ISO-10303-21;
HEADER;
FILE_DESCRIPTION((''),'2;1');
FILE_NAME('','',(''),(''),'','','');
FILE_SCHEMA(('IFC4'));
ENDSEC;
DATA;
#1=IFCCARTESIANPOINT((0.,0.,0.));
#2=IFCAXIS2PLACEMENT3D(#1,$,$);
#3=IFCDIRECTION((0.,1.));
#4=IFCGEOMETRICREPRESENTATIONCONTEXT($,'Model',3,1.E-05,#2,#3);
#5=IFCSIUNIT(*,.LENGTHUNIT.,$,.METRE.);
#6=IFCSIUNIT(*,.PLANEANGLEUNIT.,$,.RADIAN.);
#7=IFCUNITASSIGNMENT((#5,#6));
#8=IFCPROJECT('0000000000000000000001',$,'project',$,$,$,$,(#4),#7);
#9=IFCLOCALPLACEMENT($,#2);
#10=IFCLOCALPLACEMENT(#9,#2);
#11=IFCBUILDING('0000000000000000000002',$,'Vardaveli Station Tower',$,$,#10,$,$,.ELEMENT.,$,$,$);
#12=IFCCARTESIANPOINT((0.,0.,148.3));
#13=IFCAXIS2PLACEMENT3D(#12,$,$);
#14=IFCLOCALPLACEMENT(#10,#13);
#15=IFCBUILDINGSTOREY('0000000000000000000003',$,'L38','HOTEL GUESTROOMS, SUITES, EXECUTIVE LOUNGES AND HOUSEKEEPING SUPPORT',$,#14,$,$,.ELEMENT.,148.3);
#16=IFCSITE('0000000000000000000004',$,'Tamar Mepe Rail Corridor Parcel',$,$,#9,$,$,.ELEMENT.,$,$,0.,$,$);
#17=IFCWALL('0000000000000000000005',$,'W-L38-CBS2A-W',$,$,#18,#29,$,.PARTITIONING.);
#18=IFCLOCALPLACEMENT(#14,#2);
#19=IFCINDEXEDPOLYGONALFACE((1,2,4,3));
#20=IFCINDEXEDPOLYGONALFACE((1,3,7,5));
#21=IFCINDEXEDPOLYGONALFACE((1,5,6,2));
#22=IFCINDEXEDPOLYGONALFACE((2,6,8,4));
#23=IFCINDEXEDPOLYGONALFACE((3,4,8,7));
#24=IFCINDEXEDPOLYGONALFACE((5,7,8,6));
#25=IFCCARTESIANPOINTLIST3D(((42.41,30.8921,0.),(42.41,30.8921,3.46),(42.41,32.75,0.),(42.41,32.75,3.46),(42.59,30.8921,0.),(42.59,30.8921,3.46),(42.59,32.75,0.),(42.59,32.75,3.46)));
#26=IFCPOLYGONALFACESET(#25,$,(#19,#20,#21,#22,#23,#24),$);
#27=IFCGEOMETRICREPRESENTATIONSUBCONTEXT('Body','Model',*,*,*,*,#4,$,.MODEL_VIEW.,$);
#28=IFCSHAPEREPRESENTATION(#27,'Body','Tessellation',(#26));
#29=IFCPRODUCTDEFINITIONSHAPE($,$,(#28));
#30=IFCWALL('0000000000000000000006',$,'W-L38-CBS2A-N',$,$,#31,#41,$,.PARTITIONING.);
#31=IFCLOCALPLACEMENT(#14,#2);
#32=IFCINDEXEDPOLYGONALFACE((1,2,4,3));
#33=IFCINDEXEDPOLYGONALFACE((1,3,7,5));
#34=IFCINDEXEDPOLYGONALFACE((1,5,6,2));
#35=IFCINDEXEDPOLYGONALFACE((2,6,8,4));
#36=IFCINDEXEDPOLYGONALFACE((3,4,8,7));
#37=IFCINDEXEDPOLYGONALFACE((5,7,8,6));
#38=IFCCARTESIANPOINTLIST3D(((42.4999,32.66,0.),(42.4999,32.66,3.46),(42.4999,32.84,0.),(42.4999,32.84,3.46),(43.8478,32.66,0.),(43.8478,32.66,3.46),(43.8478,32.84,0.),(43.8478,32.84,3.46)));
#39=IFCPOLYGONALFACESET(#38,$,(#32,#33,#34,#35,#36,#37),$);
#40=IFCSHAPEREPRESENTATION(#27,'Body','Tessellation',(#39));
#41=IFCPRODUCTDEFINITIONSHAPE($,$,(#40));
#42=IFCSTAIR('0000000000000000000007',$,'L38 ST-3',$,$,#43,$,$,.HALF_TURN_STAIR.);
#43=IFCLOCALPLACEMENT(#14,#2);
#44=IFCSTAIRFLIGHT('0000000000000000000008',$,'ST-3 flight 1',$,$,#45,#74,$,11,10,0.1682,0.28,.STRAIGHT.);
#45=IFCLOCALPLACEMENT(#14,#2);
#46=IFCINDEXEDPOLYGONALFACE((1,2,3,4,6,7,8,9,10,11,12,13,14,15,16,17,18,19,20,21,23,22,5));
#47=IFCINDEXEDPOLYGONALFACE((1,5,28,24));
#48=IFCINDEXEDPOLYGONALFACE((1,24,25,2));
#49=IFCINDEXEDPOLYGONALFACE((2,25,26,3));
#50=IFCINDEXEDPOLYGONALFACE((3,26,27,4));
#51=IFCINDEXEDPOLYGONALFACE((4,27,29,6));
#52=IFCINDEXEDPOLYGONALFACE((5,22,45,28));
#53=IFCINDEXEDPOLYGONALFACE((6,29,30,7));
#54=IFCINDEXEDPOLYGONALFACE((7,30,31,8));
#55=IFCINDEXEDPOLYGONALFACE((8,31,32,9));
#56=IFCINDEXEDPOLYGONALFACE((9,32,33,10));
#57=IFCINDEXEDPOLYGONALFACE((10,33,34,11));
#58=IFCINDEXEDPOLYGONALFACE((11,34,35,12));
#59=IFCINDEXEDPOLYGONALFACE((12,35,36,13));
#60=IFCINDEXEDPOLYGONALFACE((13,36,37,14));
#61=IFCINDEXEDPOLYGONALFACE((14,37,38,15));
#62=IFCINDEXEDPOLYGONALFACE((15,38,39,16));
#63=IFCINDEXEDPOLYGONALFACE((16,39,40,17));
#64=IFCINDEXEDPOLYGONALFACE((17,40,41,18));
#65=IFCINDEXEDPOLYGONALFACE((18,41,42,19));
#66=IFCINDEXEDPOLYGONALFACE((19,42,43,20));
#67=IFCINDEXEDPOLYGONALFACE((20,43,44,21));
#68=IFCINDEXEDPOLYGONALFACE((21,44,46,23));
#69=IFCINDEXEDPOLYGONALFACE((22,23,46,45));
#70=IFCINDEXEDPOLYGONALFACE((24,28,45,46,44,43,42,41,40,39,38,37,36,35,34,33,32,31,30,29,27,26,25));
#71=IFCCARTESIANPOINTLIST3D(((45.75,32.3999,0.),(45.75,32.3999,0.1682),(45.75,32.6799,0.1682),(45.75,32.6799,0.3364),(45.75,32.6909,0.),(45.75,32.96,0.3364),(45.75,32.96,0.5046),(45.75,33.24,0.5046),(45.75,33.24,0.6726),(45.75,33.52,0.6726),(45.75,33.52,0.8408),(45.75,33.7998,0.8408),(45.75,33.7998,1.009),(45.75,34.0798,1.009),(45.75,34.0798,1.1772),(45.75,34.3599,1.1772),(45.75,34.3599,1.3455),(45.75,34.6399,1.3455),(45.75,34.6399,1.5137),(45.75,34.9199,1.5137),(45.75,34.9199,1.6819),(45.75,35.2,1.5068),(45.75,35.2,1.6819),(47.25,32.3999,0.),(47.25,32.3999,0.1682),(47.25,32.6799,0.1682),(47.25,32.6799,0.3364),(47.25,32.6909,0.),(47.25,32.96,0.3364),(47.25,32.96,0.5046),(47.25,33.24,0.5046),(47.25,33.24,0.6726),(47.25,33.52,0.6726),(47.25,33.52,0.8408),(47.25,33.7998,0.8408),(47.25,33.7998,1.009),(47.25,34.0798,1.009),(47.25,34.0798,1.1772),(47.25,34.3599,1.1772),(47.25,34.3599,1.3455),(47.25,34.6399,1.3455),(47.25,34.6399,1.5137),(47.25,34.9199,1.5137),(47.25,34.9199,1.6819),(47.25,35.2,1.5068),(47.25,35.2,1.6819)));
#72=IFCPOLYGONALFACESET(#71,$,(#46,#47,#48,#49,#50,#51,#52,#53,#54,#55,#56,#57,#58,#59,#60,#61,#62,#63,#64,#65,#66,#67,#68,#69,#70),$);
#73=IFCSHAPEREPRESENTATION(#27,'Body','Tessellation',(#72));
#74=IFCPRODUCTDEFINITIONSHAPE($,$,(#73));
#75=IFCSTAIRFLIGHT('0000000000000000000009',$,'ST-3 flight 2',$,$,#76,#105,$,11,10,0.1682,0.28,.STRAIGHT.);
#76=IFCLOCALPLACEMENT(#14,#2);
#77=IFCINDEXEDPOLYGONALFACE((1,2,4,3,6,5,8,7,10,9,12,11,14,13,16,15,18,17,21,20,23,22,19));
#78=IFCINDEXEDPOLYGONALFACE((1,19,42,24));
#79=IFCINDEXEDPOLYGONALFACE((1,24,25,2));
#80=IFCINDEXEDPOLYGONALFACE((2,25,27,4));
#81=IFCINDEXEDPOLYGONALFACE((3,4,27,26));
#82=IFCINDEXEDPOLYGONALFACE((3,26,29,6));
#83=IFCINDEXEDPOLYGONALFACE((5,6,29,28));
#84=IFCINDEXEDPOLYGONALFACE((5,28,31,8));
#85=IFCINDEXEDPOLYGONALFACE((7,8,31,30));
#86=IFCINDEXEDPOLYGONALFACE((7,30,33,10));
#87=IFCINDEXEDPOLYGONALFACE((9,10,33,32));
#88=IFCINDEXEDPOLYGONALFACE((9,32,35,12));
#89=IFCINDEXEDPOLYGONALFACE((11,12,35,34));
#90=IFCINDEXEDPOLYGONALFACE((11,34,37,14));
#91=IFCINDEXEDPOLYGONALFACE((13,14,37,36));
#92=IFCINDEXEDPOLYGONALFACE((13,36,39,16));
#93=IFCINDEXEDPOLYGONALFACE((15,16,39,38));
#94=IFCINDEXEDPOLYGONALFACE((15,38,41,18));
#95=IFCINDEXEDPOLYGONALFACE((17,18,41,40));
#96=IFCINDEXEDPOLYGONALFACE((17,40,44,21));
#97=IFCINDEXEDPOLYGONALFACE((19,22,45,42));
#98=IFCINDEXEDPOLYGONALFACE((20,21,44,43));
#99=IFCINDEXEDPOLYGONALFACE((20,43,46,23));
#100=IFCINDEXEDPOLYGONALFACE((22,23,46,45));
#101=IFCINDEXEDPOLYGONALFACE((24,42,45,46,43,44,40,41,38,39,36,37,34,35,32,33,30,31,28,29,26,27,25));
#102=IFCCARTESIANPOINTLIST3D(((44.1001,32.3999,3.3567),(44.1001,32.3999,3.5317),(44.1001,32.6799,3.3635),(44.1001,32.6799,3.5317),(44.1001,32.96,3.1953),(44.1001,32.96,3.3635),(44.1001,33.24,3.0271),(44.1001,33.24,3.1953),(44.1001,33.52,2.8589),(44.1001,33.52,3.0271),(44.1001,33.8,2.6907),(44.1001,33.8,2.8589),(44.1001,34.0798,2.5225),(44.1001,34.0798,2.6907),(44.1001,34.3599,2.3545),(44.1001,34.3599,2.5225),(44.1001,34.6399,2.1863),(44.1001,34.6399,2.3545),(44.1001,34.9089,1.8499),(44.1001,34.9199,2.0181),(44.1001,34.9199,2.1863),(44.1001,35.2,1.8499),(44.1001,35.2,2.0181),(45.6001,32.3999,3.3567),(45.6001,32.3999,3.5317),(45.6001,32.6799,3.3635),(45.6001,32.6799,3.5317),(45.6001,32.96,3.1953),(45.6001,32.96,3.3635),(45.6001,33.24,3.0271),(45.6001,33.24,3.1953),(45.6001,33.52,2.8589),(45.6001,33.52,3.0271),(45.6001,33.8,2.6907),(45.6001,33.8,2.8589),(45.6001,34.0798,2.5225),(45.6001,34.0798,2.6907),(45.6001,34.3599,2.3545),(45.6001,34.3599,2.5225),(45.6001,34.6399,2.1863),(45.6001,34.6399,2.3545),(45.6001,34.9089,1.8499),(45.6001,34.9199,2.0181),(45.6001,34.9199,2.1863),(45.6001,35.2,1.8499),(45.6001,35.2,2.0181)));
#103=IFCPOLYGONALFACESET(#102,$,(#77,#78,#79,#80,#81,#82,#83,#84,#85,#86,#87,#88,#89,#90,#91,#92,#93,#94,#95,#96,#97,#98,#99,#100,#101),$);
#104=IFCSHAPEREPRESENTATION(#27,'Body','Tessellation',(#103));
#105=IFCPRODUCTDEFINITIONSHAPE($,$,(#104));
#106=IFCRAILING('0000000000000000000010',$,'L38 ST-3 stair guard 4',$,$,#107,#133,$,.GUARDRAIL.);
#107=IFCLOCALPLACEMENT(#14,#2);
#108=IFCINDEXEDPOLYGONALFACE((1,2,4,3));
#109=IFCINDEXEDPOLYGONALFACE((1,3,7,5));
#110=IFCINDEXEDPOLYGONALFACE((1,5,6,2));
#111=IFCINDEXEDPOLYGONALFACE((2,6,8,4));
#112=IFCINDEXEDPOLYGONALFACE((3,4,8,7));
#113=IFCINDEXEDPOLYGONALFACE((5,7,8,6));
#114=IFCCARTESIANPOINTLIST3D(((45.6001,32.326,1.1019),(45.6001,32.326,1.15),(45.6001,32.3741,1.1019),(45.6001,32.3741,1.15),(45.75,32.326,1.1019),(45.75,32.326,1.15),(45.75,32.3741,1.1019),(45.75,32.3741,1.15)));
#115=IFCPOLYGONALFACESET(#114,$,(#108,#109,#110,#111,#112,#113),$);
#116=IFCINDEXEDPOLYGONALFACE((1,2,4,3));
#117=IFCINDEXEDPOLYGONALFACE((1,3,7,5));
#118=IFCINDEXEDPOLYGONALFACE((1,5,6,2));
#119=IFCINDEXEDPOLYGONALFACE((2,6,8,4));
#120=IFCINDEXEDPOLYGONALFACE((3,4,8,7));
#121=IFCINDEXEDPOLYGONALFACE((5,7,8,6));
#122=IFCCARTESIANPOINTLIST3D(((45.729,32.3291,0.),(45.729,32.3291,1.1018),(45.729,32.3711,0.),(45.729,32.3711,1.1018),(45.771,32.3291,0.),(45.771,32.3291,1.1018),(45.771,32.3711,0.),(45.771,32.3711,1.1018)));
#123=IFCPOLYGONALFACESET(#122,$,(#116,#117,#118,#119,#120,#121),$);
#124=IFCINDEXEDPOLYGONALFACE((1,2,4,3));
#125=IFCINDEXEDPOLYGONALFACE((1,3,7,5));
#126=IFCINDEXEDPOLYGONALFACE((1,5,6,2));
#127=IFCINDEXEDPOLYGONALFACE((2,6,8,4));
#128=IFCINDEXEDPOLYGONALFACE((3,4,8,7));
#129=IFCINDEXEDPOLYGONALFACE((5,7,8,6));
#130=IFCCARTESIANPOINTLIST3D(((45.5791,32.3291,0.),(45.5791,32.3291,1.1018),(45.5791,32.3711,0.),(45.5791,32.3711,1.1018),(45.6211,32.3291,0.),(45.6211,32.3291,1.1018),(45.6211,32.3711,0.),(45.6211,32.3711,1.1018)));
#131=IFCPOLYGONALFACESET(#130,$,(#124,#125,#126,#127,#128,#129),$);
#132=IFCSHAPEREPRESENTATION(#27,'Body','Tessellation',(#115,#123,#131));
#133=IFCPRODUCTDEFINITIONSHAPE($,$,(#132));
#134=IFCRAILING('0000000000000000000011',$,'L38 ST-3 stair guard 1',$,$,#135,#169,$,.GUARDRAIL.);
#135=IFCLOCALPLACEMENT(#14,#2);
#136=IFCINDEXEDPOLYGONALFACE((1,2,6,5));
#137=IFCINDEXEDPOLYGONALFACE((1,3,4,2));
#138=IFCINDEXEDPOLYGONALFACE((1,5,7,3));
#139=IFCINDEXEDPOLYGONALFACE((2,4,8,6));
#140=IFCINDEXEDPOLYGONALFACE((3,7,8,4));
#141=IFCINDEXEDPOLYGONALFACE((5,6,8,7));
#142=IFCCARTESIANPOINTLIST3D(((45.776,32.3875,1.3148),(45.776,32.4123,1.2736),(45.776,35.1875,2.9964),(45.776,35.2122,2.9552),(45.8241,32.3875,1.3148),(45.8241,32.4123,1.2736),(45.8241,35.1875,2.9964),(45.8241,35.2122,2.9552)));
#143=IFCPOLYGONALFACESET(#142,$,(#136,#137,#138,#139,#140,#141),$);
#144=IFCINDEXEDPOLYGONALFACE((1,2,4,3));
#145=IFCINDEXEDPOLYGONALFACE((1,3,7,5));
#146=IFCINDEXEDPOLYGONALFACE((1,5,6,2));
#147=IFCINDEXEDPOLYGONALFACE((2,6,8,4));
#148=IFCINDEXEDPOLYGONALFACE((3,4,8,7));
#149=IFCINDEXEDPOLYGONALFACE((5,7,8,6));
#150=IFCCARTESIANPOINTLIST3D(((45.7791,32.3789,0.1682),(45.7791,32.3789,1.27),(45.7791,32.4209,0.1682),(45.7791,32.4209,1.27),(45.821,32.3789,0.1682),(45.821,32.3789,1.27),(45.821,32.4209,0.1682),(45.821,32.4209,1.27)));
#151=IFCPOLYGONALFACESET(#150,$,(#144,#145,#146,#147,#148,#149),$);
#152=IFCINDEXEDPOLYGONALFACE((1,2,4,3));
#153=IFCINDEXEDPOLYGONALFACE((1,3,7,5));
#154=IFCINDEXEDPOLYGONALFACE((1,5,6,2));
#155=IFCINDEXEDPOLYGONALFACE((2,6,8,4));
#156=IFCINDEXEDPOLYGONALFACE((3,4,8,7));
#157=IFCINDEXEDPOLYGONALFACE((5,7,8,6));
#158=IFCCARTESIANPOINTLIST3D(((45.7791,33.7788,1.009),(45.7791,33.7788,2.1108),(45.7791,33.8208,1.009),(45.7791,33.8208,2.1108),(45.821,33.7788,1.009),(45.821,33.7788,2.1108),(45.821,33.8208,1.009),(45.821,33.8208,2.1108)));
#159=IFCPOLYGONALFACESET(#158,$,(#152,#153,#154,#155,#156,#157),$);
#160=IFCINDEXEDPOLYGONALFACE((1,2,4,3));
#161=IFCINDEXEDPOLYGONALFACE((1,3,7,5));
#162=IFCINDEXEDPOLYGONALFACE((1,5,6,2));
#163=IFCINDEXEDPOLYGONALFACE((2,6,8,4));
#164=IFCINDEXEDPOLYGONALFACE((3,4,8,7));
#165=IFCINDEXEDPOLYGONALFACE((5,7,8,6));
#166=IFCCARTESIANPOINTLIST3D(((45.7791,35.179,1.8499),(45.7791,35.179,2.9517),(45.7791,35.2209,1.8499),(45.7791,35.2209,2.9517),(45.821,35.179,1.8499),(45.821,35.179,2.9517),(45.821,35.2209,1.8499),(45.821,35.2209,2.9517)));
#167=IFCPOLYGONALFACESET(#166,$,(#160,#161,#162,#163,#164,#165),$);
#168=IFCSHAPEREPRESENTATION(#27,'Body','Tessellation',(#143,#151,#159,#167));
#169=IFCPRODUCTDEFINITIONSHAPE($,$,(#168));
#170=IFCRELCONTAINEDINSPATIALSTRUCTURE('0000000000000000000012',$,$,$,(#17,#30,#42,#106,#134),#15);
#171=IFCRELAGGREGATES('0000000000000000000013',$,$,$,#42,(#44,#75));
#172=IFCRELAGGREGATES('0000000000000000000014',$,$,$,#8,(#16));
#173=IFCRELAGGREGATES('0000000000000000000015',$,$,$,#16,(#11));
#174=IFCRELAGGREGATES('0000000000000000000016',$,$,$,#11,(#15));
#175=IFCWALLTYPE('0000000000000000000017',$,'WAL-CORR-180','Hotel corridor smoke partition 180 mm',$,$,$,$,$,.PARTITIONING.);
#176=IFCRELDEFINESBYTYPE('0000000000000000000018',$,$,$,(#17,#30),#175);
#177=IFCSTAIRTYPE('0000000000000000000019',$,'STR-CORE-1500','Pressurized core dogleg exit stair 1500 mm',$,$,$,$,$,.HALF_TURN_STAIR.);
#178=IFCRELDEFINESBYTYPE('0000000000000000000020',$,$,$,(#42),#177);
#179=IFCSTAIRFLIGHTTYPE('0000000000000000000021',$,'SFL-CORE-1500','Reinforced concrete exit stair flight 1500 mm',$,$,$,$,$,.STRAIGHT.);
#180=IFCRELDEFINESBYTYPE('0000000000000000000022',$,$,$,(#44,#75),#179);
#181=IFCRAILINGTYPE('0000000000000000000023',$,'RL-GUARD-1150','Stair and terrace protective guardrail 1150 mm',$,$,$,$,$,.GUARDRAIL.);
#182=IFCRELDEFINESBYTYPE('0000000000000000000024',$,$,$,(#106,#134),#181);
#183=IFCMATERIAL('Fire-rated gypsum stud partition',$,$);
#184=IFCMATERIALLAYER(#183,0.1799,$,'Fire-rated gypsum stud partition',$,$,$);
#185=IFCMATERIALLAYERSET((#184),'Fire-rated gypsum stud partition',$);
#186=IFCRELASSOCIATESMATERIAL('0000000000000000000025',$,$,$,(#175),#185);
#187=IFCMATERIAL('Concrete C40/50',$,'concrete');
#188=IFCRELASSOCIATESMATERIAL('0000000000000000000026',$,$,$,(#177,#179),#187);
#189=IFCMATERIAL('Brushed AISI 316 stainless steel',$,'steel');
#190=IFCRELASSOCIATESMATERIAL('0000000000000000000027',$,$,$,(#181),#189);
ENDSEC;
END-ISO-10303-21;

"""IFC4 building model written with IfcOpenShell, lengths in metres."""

from ifc_helpers import new_model, si_unit, direction, frame, frame_2d, origin, origin_2d, place, context, subcontext, project, spatial, polyline, rectangle, outline, extrude, source, transform, mapped, material, layer, layer_set, type_object, element, aggregate, save


model = new_model("IFC4")

# Units and contexts
model_context = context("Model", 3, precision=1e-05, world=origin(), true_north=direction((0.0, 1.0)))
body_context = subcontext(model_context, "Body", "Model", "MODEL_VIEW")
ifc_project = project(units=[si_unit("LENGTHUNIT", "METRE"), si_unit("PLANEANGLEUNIT", "RADIAN")], contexts=[model_context])

# Site, building, storey
site_placement = place(None, origin())
site = spatial("IfcSite", under=ifc_project, at=site_placement, Name="Tamar Mepe Rail Corridor Parcel", CompositionType="ELEMENT", RefElevation=0.0)
building_placement = place(site_placement, origin())
building = spatial("IfcBuilding", under=site, at=building_placement, Name="Vardaveli Station Tower", CompositionType="ELEMENT")
storey_placement = place(building_placement, frame((0.0, 0.0, 148.3)))
storey = spatial("IfcBuildingStorey", under=building, at=storey_placement, Name="L38", Description="HOTEL GUESTROOMS, SUITES, EXECUTIVE LOUNGES AND HOUSEKEEPING SUPPORT", CompositionType="ELEMENT", Elevation=148.3)

# Shared definitions
ifc_material_1 = material(Name="Concrete C40/50", Category="concrete")

# Shared definitions
ifc_material_2 = material(Name="Fire-rated gypsum stud partition")
ifc_layer_1 = layer(ifc_material_2, 0.1799, Name="Fire-rated gypsum stud partition")
ifc_layer_set_1 = layer_set([ifc_layer_1], Name="Fire-rated gypsum stud partition")
wall_type_1 = type_object("IfcWallType", Name="WAL-CORR-180", Description="Hotel corridor smoke partition 180 mm", PredefinedType="PARTITIONING", material=ifc_layer_set_1)

# Walls
shared_shape_1 = source(origin(), body_context, "Body", "SweptSolid", [
    extrude(rectangle(XDim=1.8579, YDim=0.1799, at=frame_2d((0.929, 0.0))), origin(), (0.0, 0.0, 1.0), 3.46),
])
wall_1_placement = place(storey_placement, frame((42.5, 30.8921, 0.0), z_axis=(0.0, 0.0, 1.0), x_axis=(0.0, 1.0, 0.0)))
element("IfcWall", 1, at=wall_1_placement, inside=storey, type_object=wall_type_1, Name="W-L38-CBS2A-W", PredefinedType="PARTITIONING", context=body_context, shape_type="MappedRepresentation", body=[
    mapped(shared_shape_1, transform((0.0, 0.0, 0.0), scale=1.0)),
])
shared_shape_2 = source(origin(), body_context, "Body", "SweptSolid", [
    extrude(rectangle(XDim=1.3479, YDim=0.1799, at=frame_2d((0.6738, 0.0))), origin(), (0.0, 0.0, 1.0), 3.46),
])
wall_2_placement = place(storey_placement, frame((42.5, 32.75, 0.0), z_axis=(0.0, 0.0, 1.0), x_axis=(1.0, 0.0, 0.0)))
element("IfcWall", 2, at=wall_2_placement, inside=storey, type_object=wall_type_1, Name="W-L38-CBS2A-N", PredefinedType="PARTITIONING", context=body_context, shape_type="MappedRepresentation", body=[
    mapped(shared_shape_2, transform((0.0, 0.0, 0.0), scale=1.0)),
])

# Stair, stair flights
stair_type = type_object("IfcStairType", Name="STR-CORE-1500", Description="Pressurized core dogleg exit stair 1500 mm", PredefinedType="HALF_TURN_STAIR", material=ifc_material_1)
stair_placement = place(storey_placement, origin())
stair = element("IfcStair", 3, at=stair_placement, inside=storey, type_object=stair_type, Name="L38 ST-3", PredefinedType="HALF_TURN_STAIR")
stair_flight_type = type_object("IfcStairFlightType", Name="SFL-CORE-1500", Description="Reinforced concrete exit stair flight 1500 mm", PredefinedType="STRAIGHT", material=ifc_material_1)
shared_shape_3 = source(origin(), body_context, "Body", "SweptSolid", [
    extrude(outline(polyline([(0.0, 0.0), (0.0, 0.1682), (0.28, 0.1682), (0.28, 0.3364), (0.5601, 0.3364), (0.5601, 0.5046), (0.8401, 0.5046), (0.8401, 0.6726), (1.1201, 0.6726), (1.1201, 0.8408), (1.3999, 0.8408), (1.3999, 1.009), (1.6799, 1.009), (1.6799, 1.1772), (1.96, 1.1772), (1.96, 1.3455), (2.24, 1.3455), (2.24, 1.5137), (2.52, 1.5137), (2.52, 1.6819), (2.8, 1.6819), (2.8, 1.8501), (2.8, 1.5068), (0.291, 0.0), (0.0, 0.0)])), frame((0.0, 0.75, 0.0), z_axis=(0.0, -1.0, 0.0), x_axis=(1.0, 0.0, 0.0)), (0.0, 0.0, 1.0), 1.5),
])
stair_flight_1_placement = place(storey_placement, frame((46.5, 32.3999, 0.0), z_axis=(0.0, 0.0, 1.0), x_axis=(0.0, 1.0, 0.0)))
stair_flight_1 = element("IfcStairFlight", 4, at=stair_flight_1_placement, type_object=stair_flight_type, Name="ST-3 flight 1", NumberOfRisers=11, NumberOfTreads=10, PredefinedType="STRAIGHT", RiserHeight=0.1682, TreadLength=0.28, context=body_context, shape_type="MappedRepresentation", body=[
    mapped(shared_shape_3, transform((0.0, 0.0, 0.0), scale=1.0)),
])
stair_flight_2_placement = place(storey_placement, frame((44.8501, 35.2, 1.8499), z_axis=(0.0, 0.0, 1.0), x_axis=(0.0, -1.0, 0.0)))
stair_flight_2 = element("IfcStairFlight", 5, at=stair_flight_2_placement, type_object=stair_flight_type, Name="ST-3 flight 2", NumberOfRisers=11, NumberOfTreads=10, PredefinedType="STRAIGHT", RiserHeight=0.1682, TreadLength=0.28, context=body_context, shape_type="MappedRepresentation", body=[
    mapped(shared_shape_3, transform((0.0, 0.0, 0.0), scale=1.0)),
])
aggregate(stair, [stair_flight_1, stair_flight_2])

# Railings
ifc_material_3 = material(Name="Brushed AISI 316 stainless steel", Category="steel")
railing_type_1 = type_object("IfcRailingType", Name="RL-GUARD-1150", Description="Stair and terrace protective guardrail 1150 mm", PredefinedType="GUARDRAIL", material=ifc_material_3)
shared_shape_4 = source(origin(), body_context, "Body", "SweptSolid", [
    extrude(rectangle(XDim=0.0481, YDim=0.0481, at=origin_2d()), frame((0.0, 0.0, 1.126), z_axis=(-1.0, 0.0, 0.0), x_axis=(0.0, -1.0, 0.0)), (0.0, 0.0, 1.0), 0.1499),
    extrude(rectangle(XDim=0.042, YDim=0.042, at=origin_2d()), origin(), (0.0, 0.0, 1.0), 1.1018),
    extrude(rectangle(XDim=0.042, YDim=0.042, at=origin_2d()), frame((-0.1499, 0.0, 0.0)), (0.0, 0.0, 1.0), 1.1018),
])
railing_1_placement = place(storey_placement, frame((45.75, 32.3501, 0.0)))
element("IfcRailing", 6, at=railing_1_placement, inside=storey, type_object=railing_type_1, Name="L38 ST-3 stair guard 4", PredefinedType="GUARDRAIL", context=body_context, shape_type="MappedRepresentation", body=[
    mapped(shared_shape_4, transform((0.0, 0.0, 0.0), scale=1.0)),
])
shared_shape_5 = source(origin(), body_context, "Body", "SweptSolid", [
    extrude(rectangle(XDim=0.0481, YDim=0.0481, at=origin_2d()), frame((0.0, 0.0, 1.126), z_axis=(0.0, 0.857275, 0.514858), x_axis=(-1.0, 0.0, 0.0)), (0.0, 0.0, 1.0), 3.2661),
    extrude(rectangle(XDim=0.042, YDim=0.042, at=origin_2d()), origin(), (0.0, 0.0, 1.0), 1.1018),
    extrude(rectangle(XDim=0.042, YDim=0.042, at=origin_2d()), frame((0.0, 1.3999, 0.8408)), (0.0, 0.0, 1.0), 1.1018),
    extrude(rectangle(XDim=0.042, YDim=0.042, at=origin_2d()), frame((0.0, 2.8, 1.6816)), (0.0, 0.0, 1.0), 1.1018),
])
railing_2_placement = place(storey_placement, frame((45.8, 32.3999, 0.1682)))
element("IfcRailing", 7, at=railing_2_placement, inside=storey, type_object=railing_type_1, Name="L38 ST-3 stair guard 1", PredefinedType="GUARDRAIL", context=body_context, shape_type="MappedRepresentation", body=[
    mapped(shared_shape_5, transform((0.0, 0.0, 0.0), scale=1.0)),
])

save(model, "model.ifc")
